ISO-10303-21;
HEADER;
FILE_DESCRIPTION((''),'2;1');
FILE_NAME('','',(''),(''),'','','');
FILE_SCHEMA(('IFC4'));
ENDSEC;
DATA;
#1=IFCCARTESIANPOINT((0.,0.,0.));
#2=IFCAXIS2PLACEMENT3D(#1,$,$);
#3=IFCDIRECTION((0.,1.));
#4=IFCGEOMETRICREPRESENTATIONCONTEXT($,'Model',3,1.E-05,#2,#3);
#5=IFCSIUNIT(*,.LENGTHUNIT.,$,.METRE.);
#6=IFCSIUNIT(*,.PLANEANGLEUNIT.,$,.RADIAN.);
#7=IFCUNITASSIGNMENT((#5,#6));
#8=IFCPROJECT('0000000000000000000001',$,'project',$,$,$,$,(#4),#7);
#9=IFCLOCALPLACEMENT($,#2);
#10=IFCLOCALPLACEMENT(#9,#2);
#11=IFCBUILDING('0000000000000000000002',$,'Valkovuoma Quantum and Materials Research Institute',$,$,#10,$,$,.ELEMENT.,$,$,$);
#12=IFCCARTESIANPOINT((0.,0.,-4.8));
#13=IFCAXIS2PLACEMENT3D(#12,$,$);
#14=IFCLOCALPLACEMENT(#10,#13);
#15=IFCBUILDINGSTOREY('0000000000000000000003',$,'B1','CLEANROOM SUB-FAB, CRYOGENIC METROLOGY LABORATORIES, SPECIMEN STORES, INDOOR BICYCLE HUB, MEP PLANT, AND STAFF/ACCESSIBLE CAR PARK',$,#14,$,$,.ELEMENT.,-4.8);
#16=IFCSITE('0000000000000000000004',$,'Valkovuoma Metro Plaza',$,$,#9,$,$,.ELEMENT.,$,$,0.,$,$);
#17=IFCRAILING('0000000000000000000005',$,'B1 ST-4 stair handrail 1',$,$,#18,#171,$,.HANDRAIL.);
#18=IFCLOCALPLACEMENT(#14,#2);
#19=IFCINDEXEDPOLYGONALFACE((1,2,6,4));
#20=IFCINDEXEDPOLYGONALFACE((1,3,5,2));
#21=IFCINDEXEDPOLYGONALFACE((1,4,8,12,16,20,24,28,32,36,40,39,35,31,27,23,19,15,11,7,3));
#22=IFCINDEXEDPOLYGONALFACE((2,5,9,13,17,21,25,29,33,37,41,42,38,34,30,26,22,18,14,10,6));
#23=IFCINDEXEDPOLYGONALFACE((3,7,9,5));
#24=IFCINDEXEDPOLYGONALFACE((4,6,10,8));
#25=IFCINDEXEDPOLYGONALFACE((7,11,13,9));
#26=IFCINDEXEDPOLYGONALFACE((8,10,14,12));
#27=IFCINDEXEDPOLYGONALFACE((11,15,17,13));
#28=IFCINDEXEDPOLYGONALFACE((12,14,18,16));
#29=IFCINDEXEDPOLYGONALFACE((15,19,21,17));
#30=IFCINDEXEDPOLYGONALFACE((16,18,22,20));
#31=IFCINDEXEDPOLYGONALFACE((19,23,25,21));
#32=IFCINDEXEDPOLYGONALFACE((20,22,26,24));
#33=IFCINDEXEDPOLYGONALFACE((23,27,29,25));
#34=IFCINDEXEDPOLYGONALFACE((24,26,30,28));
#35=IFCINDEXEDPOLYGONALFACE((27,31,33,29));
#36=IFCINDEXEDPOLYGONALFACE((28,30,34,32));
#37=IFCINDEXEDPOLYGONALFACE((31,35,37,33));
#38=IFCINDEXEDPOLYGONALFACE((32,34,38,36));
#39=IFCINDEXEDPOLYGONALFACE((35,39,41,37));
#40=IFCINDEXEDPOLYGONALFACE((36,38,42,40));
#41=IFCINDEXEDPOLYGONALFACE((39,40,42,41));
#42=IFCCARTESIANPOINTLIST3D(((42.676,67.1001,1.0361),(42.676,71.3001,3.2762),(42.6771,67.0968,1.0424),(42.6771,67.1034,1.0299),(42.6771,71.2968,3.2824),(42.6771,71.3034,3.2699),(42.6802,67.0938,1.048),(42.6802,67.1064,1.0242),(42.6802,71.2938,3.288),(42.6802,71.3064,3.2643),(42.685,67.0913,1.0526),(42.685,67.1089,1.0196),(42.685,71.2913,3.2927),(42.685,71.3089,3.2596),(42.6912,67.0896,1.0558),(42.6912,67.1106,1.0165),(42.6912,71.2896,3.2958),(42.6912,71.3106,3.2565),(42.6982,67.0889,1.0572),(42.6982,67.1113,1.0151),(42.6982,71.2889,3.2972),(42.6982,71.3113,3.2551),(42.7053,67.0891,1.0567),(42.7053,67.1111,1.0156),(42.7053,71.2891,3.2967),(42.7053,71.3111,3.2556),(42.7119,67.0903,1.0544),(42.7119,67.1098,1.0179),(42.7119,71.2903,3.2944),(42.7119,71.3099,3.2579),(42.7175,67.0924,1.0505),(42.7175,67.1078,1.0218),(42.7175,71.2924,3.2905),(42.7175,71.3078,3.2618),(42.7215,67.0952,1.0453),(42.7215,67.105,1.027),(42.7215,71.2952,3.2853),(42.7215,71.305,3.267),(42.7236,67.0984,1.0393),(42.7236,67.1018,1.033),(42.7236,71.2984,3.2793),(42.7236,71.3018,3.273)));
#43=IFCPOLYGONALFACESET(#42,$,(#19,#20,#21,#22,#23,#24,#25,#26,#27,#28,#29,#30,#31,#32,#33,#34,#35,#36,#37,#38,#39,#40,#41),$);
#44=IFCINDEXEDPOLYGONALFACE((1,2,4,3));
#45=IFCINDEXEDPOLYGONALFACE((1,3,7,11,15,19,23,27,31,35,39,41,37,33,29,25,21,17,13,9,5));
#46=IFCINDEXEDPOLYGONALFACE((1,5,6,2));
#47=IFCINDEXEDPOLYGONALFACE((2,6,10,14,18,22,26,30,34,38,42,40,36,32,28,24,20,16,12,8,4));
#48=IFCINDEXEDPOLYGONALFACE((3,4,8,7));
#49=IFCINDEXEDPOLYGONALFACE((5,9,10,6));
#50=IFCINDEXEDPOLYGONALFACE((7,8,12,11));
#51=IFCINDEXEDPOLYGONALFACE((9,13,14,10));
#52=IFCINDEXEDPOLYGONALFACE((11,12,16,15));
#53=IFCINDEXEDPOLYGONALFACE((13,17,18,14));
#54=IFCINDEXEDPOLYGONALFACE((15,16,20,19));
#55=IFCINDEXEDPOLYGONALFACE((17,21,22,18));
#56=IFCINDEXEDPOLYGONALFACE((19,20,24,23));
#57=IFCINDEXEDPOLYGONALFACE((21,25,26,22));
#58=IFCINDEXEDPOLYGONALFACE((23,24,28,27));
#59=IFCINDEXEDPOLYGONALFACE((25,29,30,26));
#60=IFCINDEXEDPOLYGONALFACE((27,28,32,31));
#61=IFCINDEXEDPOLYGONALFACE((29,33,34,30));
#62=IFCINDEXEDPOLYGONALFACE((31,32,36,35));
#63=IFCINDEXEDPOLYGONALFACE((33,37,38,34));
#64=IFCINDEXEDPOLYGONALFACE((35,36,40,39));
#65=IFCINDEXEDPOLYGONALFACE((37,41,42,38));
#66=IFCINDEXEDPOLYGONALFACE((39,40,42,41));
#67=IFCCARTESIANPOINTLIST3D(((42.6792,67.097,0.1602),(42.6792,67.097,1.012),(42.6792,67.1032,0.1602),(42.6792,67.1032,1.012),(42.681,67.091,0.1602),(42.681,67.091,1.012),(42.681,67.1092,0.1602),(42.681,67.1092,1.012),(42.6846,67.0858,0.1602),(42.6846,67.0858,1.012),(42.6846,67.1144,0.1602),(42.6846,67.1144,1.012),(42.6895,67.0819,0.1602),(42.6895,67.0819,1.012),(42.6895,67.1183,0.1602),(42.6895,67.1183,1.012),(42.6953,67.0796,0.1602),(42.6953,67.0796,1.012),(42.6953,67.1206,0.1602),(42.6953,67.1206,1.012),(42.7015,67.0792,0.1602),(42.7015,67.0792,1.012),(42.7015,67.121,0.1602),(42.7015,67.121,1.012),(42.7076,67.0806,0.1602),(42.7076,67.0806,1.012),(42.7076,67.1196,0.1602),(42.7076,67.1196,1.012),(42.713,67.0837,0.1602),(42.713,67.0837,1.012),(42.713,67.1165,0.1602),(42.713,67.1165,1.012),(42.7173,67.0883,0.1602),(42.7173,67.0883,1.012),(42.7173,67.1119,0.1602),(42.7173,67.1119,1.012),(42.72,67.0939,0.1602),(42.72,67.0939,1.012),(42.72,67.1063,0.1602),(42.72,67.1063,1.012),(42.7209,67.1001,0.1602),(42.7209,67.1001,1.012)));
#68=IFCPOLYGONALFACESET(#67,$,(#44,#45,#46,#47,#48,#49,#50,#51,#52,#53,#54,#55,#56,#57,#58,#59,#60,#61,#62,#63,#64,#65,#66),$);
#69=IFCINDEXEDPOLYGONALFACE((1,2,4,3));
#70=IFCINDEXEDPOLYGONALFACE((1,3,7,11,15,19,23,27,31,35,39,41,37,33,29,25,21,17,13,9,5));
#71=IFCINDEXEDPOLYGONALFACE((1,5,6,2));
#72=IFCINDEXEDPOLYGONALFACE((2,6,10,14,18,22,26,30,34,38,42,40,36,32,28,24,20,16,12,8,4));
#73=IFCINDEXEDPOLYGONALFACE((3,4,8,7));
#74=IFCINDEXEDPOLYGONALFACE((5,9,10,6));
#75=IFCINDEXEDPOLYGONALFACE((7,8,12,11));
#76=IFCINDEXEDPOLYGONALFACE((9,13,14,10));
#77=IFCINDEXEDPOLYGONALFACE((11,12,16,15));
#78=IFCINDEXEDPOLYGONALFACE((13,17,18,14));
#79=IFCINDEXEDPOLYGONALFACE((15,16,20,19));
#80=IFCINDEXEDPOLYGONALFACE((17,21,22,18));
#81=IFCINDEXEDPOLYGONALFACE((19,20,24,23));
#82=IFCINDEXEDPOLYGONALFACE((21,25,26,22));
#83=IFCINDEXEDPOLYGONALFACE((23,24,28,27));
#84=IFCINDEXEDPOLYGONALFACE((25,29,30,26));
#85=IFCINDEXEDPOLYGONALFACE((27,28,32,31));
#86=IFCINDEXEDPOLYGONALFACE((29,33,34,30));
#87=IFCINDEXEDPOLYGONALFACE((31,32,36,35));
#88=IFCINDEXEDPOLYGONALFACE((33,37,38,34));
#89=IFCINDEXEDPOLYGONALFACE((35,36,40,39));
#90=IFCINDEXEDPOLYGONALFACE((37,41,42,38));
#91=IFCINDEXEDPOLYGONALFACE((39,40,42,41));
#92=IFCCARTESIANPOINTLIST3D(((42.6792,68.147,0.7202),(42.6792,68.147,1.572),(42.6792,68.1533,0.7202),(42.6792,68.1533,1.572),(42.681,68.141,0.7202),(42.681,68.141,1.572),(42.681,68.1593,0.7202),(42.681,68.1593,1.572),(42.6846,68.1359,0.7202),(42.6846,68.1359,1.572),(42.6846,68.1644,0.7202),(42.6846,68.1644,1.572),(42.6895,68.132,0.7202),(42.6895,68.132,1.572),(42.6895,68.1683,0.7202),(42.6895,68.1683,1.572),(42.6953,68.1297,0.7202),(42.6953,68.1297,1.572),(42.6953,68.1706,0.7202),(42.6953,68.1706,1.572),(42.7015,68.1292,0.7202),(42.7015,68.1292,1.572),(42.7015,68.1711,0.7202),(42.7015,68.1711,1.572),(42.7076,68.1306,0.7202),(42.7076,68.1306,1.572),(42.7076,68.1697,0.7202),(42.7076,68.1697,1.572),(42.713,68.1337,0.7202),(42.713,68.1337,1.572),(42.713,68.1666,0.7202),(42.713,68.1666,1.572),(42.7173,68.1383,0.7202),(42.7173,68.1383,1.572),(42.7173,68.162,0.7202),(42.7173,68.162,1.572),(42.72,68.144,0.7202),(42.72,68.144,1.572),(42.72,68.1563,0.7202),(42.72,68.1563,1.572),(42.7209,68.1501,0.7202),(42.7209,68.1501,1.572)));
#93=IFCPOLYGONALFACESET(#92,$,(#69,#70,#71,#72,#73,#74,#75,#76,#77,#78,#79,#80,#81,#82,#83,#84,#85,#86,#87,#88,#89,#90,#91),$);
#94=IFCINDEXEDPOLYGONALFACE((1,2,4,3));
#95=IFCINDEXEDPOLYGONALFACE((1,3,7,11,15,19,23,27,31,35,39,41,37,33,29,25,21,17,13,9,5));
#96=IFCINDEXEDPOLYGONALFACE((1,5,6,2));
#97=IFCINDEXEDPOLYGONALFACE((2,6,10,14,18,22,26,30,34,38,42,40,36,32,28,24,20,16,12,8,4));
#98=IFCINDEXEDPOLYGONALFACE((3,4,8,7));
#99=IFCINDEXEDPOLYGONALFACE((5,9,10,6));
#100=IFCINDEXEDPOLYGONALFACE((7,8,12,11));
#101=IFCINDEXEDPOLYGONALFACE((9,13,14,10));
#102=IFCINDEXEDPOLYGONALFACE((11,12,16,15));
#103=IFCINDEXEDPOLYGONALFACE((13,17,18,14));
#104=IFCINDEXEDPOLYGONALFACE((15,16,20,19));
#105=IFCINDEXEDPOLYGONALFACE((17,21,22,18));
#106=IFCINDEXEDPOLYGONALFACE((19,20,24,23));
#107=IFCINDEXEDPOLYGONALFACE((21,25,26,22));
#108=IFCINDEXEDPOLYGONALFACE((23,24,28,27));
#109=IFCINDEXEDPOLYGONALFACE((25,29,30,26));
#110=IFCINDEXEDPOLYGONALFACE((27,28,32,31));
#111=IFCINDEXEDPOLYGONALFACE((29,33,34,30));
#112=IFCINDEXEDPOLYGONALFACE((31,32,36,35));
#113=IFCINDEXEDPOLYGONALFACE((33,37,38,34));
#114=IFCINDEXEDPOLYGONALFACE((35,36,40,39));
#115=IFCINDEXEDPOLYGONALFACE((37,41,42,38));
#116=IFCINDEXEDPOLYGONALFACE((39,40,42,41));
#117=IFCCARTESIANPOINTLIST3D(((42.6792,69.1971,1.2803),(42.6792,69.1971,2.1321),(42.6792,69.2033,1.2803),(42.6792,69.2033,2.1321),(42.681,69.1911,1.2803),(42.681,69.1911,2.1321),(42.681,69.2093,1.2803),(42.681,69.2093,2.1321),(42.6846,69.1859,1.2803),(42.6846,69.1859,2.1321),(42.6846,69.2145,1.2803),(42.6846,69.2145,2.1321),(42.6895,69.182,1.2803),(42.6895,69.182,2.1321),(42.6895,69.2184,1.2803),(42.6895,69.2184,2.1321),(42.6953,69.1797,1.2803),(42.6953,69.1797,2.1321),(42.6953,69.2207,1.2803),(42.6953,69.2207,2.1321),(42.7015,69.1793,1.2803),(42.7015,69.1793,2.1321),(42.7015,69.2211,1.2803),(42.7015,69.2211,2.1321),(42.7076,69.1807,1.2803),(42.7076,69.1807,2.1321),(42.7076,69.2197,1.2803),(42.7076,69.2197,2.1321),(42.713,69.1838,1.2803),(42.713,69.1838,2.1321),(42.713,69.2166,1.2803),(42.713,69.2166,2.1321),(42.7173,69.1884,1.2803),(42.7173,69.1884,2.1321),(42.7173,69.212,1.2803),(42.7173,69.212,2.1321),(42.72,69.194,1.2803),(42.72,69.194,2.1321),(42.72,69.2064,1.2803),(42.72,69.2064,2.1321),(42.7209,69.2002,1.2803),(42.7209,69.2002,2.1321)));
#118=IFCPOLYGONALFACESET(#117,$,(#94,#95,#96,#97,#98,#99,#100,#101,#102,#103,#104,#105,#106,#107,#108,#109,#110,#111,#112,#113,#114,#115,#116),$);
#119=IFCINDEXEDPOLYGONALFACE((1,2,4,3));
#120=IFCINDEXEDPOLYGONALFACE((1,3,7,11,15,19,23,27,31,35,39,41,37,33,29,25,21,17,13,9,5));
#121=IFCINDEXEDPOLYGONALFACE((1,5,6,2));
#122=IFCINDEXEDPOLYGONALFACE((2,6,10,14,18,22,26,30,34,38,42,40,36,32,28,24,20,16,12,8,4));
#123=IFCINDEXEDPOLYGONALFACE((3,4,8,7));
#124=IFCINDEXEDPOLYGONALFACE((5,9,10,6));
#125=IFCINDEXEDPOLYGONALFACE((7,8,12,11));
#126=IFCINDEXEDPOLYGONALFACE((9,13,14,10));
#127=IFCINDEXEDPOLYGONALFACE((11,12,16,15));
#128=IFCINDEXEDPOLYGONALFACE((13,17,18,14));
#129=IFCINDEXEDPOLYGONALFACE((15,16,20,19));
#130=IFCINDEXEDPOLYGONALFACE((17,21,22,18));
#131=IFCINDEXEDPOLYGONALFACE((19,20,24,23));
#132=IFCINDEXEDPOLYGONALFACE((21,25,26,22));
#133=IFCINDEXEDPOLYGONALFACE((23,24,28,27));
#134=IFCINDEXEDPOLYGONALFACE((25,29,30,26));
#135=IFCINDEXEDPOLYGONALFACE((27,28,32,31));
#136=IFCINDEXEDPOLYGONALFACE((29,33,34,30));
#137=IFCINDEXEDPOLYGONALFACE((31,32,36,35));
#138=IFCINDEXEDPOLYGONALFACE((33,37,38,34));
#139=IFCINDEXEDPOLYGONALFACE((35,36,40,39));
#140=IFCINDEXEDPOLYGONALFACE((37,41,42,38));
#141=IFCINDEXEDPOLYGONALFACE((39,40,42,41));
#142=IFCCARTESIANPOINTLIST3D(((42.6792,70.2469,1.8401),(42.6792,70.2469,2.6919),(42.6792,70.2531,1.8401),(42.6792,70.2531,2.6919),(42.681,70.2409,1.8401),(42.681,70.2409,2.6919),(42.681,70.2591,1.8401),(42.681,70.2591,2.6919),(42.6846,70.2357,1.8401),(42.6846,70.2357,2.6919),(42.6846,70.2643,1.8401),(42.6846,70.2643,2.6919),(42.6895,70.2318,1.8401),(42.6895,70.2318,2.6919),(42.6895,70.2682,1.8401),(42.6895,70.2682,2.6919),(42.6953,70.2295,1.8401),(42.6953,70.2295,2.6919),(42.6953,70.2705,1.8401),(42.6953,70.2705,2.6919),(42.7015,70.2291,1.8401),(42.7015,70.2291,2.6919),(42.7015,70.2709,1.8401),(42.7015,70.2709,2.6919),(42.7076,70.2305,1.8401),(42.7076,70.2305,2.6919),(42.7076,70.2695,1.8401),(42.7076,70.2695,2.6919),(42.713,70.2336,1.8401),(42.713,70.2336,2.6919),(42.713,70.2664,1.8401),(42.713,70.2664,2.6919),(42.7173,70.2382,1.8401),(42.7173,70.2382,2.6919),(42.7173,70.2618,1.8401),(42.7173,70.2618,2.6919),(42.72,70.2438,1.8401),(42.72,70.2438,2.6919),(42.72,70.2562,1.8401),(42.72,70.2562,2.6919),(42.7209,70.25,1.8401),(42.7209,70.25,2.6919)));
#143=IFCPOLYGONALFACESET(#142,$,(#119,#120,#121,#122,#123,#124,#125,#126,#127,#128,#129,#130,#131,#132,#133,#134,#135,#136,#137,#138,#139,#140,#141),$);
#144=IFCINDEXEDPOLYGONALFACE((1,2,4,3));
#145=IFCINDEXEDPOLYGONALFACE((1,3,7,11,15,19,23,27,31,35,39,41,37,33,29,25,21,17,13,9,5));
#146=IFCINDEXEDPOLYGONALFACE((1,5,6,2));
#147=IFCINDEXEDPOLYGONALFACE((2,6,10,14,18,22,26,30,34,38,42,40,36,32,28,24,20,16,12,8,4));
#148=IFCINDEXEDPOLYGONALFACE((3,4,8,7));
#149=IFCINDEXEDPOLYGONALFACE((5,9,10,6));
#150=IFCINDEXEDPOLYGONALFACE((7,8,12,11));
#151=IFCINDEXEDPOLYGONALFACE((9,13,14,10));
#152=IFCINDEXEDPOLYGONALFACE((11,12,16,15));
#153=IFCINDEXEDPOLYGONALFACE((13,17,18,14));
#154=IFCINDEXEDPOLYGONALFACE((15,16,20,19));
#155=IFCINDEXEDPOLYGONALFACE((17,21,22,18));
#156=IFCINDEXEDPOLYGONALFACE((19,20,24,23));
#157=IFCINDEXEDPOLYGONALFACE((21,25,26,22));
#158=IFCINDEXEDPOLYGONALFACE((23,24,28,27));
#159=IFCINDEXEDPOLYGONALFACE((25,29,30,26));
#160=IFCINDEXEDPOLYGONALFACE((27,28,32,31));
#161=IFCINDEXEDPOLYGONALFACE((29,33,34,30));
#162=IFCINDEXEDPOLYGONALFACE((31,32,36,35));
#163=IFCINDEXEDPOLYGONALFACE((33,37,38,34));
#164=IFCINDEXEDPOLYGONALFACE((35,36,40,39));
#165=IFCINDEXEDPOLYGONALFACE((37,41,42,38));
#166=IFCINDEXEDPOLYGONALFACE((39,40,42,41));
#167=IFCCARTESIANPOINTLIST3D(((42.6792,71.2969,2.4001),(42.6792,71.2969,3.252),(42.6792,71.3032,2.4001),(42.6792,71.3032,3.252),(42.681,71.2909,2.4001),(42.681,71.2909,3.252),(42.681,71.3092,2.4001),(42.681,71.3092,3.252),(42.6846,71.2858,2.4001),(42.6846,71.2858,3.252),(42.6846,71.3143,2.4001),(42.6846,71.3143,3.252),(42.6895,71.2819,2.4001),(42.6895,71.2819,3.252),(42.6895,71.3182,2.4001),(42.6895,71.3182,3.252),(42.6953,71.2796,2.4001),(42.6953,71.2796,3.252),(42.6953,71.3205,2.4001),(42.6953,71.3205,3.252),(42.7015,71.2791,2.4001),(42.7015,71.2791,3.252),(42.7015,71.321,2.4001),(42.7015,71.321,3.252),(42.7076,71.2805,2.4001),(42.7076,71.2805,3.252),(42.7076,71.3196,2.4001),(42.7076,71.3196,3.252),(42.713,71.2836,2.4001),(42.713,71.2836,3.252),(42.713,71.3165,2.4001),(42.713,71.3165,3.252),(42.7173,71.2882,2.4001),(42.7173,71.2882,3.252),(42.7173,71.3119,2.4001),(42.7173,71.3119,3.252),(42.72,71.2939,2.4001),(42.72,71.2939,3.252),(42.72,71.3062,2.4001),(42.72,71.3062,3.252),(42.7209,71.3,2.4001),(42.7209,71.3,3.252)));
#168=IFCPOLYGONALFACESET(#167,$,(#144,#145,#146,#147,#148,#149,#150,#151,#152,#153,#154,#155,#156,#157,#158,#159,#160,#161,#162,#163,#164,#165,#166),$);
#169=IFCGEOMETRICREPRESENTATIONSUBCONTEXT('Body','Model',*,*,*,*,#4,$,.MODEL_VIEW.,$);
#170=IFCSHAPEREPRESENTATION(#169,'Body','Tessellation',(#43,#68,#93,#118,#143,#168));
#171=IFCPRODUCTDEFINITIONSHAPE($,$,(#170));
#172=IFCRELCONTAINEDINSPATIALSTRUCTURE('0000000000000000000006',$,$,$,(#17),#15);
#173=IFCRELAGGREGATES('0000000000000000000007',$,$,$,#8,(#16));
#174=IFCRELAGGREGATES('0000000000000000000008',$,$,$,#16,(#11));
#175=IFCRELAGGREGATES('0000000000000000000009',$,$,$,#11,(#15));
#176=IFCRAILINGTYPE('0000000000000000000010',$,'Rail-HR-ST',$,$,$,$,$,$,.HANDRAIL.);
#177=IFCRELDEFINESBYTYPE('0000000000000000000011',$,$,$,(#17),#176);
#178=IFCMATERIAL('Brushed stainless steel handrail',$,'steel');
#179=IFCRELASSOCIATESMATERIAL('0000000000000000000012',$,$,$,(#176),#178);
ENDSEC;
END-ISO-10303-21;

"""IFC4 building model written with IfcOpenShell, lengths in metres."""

from ifc_helpers import new_model, si_unit, direction, frame, origin, origin_2d, place, context, subcontext, project, spatial, circle, extrude, material, type_object, element, save


model = new_model("IFC4")

# Units and contexts
model_context = context("Model", 3, precision=1e-05, world=origin(), true_north=direction((0.0, 1.0)))
body_context = subcontext(model_context, "Body", "Model", "MODEL_VIEW")
ifc_project = project(units=[si_unit("LENGTHUNIT", "METRE"), si_unit("PLANEANGLEUNIT", "RADIAN")], contexts=[model_context])

# Site, building, storey
site_placement = place(None, origin())
site = spatial("IfcSite", under=ifc_project, at=site_placement, Name="Valkovuoma Metro Plaza", CompositionType="ELEMENT", RefElevation=0.0)
building_placement = place(site_placement, origin())
building = spatial("IfcBuilding", under=site, at=building_placement, Name="Valkovuoma Quantum and Materials Research Institute", CompositionType="ELEMENT")
storey_placement = place(building_placement, frame((0.0, 0.0, -4.8)))
storey = spatial("IfcBuildingStorey", under=building, at=storey_placement, Name="B1", Description="CLEANROOM SUB-FAB, CRYOGENIC METROLOGY LABORATORIES, SPECIMEN STORES, INDOOR BICYCLE HUB, MEP PLANT, AND STAFF/ACCESSIBLE CAR PARK", CompositionType="ELEMENT", Elevation=-4.8)

# Railing
ifc_material_1 = material(Name="Brushed stainless steel handrail", Category="steel")
railing_type_1 = type_object("IfcRailingType", Name="Rail-HR-ST", PredefinedType="HANDRAIL", material=ifc_material_1)
railing_1_placement = place(storey_placement, frame((42.7, 67.1001, 0.1602)))
element("IfcRailing", 1, at=railing_1_placement, inside=storey, type_object=railing_type_1, Name="B1 ST-4 stair handrail 1", PredefinedType="HANDRAIL", context=body_context, shape_type="SweptSolid", body=[
    extrude(circle(Radius=0.0239, at=origin_2d()), frame((0.0, 0.0, 0.876), z_axis=(0.0, 0.882352, 0.470591), x_axis=(-1.0, 0.0, 0.0)), (0.0, 0.0, 1.0), 4.76),
    extrude(circle(Radius=0.021, at=origin_2d()), origin(), (0.0, 0.0, 1.0), 0.8518),
    extrude(circle(Radius=0.021, at=origin_2d()), frame((0.0, 1.05, 0.5601)), (0.0, 0.0, 1.0), 0.8518),
    extrude(circle(Radius=0.021, at=origin_2d()), frame((0.0, 2.1001, 1.1201)), (0.0, 0.0, 1.0), 0.8518),
    extrude(circle(Radius=0.021, at=origin_2d()), frame((0.0, 3.1499, 1.6799)), (0.0, 0.0, 1.0), 0.8518),
    extrude(circle(Radius=0.021, at=origin_2d()), frame((0.0, 4.2, 2.24)), (0.0, 0.0, 1.0), 0.8518),
])

save(model, "model.ifc")
